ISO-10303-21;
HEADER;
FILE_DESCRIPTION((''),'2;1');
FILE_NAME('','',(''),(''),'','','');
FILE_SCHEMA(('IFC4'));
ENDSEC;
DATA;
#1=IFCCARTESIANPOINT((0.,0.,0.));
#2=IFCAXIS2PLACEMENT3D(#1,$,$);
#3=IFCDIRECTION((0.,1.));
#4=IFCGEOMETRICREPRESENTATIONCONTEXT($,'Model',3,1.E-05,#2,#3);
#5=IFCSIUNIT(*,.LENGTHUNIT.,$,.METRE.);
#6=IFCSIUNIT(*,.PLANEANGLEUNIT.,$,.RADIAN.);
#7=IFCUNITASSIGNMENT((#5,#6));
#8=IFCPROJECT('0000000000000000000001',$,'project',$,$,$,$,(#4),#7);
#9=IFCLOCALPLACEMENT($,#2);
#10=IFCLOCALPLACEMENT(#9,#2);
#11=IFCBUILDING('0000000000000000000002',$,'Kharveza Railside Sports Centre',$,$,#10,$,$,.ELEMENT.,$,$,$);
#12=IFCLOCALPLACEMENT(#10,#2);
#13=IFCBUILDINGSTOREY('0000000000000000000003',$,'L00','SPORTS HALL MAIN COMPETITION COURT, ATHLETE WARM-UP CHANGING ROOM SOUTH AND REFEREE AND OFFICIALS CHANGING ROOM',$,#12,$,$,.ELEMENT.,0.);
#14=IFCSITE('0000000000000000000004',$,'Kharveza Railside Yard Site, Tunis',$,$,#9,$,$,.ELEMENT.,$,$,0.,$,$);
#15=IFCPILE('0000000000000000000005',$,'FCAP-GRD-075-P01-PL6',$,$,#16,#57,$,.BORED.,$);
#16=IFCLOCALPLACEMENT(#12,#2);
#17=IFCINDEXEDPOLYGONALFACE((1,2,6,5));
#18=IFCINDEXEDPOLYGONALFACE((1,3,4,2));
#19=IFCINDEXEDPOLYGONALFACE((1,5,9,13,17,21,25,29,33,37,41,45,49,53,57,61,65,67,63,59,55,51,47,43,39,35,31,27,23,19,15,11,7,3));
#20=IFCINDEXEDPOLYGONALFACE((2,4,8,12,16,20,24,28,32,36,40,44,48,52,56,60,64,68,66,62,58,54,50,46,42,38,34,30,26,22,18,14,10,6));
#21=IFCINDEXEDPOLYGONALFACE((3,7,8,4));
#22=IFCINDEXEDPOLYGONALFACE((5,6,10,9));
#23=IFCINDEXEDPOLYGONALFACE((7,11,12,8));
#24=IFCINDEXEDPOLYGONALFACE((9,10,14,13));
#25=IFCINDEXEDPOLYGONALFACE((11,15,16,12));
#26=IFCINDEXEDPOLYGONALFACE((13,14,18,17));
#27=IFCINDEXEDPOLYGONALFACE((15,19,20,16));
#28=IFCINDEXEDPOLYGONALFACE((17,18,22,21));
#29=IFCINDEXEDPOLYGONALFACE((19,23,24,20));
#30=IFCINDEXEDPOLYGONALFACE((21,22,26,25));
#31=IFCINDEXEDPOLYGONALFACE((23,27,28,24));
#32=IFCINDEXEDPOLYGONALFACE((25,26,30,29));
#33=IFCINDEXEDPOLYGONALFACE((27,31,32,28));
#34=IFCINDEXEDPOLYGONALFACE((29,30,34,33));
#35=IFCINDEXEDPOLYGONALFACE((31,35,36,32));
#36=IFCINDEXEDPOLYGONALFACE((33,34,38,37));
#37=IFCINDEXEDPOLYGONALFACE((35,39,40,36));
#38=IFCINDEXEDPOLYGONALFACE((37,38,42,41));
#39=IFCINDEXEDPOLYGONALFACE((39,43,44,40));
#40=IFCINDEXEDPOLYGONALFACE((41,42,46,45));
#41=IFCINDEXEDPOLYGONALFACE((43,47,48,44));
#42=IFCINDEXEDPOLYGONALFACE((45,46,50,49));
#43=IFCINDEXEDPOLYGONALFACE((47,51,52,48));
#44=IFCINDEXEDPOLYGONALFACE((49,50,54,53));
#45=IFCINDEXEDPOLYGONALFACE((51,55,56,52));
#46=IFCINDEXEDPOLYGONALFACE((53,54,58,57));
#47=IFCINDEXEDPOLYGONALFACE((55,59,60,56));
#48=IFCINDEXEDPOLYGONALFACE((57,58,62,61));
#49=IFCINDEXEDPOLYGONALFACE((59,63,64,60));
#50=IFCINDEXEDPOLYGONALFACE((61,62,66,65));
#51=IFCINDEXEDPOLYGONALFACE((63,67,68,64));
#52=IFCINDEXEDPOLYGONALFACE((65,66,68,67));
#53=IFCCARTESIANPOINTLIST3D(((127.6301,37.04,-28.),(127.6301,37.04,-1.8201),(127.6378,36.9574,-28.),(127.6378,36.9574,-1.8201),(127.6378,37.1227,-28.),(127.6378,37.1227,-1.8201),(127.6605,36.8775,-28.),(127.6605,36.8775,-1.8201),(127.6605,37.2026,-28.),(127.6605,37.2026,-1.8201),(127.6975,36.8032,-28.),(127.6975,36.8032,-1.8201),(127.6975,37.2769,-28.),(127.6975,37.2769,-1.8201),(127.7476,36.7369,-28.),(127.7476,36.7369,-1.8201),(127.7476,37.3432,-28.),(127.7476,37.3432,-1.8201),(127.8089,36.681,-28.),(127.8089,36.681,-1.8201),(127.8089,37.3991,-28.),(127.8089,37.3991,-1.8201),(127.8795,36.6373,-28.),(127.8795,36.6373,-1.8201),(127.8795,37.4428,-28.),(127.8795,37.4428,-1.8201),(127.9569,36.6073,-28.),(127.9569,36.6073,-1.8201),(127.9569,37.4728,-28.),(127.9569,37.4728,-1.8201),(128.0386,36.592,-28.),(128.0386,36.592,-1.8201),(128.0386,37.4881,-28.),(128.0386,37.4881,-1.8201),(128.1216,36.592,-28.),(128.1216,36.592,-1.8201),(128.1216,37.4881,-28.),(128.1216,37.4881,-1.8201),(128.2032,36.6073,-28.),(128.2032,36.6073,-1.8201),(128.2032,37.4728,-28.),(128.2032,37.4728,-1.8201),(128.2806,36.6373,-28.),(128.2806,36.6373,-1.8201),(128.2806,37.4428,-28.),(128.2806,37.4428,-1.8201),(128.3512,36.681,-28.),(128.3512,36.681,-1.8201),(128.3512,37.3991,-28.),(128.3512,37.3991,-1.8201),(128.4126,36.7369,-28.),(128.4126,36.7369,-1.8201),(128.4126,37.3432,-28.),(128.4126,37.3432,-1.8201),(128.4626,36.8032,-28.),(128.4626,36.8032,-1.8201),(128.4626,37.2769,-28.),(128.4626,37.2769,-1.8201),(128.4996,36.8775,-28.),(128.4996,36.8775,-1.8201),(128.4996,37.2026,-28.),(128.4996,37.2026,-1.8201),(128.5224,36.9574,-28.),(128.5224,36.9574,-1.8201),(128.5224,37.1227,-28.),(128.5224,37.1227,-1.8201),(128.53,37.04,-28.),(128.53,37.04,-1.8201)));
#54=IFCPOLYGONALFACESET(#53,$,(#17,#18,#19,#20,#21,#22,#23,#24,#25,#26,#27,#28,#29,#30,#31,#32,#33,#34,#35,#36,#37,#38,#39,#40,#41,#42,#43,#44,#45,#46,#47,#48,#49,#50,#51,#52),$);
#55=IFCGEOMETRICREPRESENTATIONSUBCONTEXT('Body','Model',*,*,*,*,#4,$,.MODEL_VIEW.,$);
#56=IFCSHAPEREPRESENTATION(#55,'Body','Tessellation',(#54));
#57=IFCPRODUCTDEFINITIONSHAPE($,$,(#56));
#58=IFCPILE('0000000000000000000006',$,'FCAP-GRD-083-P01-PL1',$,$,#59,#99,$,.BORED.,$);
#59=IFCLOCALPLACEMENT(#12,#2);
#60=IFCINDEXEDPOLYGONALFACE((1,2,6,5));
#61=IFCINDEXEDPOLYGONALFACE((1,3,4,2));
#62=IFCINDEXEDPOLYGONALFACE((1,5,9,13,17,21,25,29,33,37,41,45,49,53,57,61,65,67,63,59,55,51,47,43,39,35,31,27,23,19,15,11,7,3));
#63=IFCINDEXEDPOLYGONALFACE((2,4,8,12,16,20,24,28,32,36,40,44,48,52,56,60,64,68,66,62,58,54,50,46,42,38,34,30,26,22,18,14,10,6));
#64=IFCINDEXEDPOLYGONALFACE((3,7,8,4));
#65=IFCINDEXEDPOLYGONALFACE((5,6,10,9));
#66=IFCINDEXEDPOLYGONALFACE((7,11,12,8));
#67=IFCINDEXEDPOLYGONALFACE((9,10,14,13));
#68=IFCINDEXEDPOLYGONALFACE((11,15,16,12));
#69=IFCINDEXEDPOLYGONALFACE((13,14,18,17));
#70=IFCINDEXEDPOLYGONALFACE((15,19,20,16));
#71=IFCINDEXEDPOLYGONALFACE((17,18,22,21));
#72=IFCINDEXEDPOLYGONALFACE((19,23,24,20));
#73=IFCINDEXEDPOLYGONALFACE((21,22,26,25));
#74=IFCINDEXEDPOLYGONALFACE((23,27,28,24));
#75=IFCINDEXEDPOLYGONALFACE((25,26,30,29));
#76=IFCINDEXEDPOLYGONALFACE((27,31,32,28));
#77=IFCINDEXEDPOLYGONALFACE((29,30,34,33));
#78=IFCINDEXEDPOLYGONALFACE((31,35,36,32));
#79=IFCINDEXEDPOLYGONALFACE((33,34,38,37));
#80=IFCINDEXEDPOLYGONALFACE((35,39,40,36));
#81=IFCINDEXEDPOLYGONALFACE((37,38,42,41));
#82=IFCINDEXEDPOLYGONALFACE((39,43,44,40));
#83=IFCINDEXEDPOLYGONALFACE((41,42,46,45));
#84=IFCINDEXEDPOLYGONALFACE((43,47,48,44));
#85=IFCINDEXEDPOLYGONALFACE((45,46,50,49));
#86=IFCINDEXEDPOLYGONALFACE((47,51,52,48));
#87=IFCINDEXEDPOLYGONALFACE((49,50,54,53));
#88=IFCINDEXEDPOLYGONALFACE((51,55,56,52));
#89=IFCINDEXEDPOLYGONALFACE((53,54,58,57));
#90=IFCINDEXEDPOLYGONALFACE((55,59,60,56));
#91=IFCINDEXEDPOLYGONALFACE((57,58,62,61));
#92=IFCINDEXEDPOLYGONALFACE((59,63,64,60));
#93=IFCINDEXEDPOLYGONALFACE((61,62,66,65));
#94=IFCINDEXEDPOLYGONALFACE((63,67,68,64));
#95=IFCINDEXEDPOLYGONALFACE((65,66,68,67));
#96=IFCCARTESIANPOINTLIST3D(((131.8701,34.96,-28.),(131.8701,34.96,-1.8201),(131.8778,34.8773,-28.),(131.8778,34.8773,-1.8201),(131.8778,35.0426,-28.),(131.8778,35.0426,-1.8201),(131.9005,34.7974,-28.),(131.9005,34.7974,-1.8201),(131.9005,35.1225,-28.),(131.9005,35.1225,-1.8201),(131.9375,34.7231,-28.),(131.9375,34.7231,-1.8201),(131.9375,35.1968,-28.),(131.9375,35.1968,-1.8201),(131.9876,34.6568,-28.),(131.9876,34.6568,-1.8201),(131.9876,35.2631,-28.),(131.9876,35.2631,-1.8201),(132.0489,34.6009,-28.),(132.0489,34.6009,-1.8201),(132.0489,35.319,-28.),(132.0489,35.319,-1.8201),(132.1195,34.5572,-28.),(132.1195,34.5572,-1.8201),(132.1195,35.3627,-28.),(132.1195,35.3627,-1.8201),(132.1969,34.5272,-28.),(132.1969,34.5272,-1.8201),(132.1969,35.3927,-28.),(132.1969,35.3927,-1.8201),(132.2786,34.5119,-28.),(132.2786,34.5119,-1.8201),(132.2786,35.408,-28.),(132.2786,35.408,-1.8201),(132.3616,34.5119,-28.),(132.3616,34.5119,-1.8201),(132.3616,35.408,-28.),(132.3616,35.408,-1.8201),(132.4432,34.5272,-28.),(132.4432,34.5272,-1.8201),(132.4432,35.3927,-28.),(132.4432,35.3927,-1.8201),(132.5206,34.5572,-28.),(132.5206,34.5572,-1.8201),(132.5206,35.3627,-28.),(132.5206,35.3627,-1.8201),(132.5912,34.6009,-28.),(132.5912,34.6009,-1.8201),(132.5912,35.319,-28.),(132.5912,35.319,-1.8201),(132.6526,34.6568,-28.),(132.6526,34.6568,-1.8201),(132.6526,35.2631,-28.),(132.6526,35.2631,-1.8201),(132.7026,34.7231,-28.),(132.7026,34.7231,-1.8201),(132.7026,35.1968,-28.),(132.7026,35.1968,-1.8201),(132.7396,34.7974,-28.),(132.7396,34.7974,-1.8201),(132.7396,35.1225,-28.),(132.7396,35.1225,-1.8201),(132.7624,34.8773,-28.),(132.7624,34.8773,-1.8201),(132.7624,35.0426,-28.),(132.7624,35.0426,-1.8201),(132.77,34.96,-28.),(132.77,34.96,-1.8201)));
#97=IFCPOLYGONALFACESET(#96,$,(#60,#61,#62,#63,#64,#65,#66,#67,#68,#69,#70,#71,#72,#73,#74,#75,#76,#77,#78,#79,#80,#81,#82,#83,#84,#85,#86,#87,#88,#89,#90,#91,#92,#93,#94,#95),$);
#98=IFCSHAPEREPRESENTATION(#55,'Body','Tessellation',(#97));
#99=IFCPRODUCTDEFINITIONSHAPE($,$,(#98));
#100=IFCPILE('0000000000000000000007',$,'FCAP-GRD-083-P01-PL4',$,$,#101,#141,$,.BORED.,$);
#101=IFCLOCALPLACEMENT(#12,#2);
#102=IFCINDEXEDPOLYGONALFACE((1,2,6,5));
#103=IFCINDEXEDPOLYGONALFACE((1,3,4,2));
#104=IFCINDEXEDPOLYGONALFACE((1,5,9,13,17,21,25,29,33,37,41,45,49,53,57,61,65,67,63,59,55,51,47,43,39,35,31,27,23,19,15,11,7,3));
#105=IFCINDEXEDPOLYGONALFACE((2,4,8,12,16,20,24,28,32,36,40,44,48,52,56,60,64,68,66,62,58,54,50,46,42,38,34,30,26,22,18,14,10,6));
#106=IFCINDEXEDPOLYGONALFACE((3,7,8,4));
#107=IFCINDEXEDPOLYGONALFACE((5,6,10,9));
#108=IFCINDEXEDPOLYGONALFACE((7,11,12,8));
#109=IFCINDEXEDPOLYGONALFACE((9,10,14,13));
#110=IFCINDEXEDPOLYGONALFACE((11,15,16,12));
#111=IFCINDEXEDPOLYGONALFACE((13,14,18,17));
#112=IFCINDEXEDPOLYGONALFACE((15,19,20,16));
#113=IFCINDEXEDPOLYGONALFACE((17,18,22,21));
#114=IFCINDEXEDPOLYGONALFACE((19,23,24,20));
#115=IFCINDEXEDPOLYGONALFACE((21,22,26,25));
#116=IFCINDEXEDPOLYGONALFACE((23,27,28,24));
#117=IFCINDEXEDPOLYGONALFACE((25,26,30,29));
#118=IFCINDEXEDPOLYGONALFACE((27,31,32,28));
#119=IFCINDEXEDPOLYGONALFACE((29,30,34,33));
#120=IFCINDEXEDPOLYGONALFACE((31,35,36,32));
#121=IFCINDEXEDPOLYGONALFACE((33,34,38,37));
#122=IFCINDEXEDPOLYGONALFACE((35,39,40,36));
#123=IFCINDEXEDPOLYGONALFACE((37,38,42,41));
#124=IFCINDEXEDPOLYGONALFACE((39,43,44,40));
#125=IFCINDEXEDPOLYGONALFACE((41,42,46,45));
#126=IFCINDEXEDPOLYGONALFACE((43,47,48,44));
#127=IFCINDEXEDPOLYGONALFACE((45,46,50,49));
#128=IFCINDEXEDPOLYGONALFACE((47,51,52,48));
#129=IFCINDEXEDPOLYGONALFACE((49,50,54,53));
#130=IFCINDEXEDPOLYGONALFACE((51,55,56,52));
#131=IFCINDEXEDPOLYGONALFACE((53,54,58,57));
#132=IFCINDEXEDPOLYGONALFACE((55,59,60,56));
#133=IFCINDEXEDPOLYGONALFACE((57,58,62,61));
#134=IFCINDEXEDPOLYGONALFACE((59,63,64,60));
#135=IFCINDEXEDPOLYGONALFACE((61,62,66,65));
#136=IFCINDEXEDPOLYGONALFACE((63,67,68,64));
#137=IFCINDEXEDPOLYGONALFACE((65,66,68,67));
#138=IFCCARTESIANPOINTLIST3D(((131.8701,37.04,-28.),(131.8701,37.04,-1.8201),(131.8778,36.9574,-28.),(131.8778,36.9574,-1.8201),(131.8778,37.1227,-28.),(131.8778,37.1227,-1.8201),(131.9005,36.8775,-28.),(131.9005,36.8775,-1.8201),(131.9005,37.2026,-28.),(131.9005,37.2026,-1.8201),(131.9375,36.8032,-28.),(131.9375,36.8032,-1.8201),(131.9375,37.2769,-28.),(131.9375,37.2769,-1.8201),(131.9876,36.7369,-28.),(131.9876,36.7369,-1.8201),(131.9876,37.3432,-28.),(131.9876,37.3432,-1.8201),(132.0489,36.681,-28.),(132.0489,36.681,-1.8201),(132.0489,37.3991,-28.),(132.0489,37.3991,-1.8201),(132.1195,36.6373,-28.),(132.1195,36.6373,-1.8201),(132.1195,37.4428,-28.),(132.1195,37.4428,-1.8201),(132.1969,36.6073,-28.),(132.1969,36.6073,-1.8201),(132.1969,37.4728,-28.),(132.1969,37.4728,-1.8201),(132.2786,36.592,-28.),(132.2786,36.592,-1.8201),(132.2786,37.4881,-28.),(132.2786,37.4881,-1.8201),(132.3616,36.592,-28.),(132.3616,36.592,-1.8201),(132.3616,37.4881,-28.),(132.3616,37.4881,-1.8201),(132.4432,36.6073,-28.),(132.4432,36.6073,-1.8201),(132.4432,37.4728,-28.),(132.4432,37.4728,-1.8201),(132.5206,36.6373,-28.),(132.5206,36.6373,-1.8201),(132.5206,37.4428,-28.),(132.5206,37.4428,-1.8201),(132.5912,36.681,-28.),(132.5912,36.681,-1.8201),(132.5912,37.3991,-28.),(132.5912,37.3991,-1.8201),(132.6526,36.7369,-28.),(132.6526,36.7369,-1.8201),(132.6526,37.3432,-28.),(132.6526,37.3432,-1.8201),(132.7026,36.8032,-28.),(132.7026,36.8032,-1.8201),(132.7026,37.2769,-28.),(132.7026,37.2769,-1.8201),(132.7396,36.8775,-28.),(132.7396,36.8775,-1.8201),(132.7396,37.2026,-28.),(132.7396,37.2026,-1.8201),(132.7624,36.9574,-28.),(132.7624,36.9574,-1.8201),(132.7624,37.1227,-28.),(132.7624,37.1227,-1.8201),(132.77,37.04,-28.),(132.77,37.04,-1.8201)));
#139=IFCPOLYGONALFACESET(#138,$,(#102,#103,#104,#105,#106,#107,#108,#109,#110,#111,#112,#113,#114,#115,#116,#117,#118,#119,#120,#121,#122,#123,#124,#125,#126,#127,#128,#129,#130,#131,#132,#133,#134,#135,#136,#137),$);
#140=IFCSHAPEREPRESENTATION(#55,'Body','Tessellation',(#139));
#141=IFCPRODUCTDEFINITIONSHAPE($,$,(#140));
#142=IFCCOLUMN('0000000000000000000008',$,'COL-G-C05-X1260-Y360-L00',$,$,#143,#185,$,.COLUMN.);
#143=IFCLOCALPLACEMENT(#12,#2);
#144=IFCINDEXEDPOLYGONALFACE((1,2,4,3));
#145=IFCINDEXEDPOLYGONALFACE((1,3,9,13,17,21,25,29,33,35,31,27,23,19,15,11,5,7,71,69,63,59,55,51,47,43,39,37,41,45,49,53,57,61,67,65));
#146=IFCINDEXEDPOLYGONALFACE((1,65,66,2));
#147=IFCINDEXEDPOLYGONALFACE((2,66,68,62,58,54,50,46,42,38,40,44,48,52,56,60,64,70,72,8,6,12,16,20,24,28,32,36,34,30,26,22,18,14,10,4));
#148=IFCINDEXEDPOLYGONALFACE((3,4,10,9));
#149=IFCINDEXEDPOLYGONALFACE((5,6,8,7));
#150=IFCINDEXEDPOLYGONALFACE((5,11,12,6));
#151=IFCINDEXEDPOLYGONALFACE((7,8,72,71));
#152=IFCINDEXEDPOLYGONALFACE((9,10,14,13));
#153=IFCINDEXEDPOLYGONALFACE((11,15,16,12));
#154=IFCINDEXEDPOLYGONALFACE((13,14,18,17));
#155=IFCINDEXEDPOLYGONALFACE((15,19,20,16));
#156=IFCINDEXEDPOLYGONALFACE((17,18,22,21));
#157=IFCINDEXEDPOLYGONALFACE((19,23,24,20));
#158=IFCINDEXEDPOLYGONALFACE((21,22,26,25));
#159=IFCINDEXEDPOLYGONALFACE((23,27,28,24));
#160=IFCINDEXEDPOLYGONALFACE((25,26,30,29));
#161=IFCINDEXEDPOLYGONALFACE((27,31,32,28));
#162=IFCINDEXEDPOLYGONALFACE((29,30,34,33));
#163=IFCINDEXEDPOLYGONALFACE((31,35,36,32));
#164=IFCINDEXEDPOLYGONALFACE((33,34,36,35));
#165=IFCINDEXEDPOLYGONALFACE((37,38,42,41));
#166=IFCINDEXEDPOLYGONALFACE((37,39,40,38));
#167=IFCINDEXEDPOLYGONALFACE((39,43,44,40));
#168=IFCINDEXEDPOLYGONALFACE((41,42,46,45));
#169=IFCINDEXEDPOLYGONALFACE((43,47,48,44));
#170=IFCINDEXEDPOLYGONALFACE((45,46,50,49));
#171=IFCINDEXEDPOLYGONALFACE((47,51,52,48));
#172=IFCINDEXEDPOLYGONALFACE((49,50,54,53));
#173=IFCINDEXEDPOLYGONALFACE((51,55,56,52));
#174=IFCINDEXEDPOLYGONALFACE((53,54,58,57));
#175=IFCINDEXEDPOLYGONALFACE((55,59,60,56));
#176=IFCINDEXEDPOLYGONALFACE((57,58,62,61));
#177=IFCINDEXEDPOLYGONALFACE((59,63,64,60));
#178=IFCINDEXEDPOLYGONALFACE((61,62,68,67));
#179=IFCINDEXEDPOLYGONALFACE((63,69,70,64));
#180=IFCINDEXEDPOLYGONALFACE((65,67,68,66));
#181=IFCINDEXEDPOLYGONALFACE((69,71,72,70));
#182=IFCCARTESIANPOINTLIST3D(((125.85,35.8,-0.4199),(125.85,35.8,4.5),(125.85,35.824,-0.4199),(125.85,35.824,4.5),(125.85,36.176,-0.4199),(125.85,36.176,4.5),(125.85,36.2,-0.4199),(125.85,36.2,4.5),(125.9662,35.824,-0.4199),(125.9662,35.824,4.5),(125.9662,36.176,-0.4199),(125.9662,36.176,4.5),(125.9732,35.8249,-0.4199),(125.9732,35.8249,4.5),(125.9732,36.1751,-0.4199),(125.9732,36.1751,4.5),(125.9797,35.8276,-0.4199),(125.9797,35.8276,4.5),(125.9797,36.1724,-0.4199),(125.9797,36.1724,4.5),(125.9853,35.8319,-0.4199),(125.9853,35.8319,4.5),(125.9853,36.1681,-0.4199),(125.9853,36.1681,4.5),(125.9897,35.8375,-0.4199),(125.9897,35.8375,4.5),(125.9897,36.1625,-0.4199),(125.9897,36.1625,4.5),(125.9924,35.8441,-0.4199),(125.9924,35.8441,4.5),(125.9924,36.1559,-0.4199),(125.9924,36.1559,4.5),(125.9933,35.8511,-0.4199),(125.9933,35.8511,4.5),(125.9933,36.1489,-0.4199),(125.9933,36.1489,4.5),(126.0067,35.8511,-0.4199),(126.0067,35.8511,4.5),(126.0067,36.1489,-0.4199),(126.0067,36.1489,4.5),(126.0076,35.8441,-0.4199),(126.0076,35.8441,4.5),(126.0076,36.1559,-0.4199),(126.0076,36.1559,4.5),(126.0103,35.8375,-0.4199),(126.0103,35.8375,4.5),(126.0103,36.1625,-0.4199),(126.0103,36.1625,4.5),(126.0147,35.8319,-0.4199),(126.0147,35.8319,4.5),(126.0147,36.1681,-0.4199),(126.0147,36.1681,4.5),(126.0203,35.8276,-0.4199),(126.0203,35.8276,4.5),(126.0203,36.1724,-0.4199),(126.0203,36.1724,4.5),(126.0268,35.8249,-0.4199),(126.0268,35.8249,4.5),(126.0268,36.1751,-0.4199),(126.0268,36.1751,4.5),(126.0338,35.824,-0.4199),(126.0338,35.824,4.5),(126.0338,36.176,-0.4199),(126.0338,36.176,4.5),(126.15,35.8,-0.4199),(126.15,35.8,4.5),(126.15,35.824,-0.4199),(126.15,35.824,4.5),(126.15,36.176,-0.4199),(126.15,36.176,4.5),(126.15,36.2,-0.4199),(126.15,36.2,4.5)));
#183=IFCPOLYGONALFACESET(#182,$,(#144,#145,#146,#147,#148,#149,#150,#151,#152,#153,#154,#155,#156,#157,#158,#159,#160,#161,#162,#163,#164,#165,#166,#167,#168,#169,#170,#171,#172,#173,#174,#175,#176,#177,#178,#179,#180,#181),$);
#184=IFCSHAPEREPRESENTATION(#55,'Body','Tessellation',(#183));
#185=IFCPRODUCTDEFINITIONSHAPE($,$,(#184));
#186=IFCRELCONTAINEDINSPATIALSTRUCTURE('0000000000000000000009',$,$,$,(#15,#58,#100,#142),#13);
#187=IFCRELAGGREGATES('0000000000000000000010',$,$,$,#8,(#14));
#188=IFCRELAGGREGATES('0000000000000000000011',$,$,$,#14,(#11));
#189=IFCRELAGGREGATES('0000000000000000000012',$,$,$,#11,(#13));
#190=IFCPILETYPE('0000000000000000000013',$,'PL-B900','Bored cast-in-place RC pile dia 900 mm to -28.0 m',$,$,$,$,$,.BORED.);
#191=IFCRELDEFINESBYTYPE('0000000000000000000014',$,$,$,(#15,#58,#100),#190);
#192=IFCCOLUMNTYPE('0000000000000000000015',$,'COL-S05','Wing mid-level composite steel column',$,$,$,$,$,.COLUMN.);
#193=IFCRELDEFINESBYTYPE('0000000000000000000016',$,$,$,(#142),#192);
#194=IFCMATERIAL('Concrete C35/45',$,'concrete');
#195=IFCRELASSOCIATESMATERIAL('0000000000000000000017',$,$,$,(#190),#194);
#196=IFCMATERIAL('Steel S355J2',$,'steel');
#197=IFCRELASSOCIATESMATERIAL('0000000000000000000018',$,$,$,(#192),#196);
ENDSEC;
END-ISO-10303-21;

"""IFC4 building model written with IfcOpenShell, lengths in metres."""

from ifc_helpers import new_model, si_unit, direction, frame, origin, origin_2d, place, context, subcontext, project, spatial, circle, i_section, extrude, material, material_profile, profile_set, type_object, element, save


model = new_model("IFC4")

# Units and contexts
model_context = context("Model", 3, precision=1e-05, world=origin(), true_north=direction((0.0, 1.0)))
body_context = subcontext(model_context, "Body", "Model", "MODEL_VIEW")
ifc_project = project(units=[si_unit("LENGTHUNIT", "METRE"), si_unit("PLANEANGLEUNIT", "RADIAN")], contexts=[model_context])

# Site, building, storey
site_placement = place(None, origin())
site = spatial("IfcSite", under=ifc_project, at=site_placement, Name="Kharveza Railside Yard Site, Tunis", CompositionType="ELEMENT", RefElevation=0.0)
building_placement = place(site_placement, origin())
building = spatial("IfcBuilding", under=site, at=building_placement, Name="Kharveza Railside Sports Centre", CompositionType="ELEMENT")
storey_placement = place(building_placement, origin())
storey = spatial("IfcBuildingStorey", under=building, at=storey_placement, Name="L00", Description="SPORTS HALL MAIN COMPETITION COURT, ATHLETE WARM-UP CHANGING ROOM SOUTH AND REFEREE AND OFFICIALS CHANGING ROOM", CompositionType="ELEMENT", Elevation=0.0)

# Shared definitions
ifc_material_1 = material(Name="Concrete C35/45", Category="concrete")

# Piles
ifc_material_profile_1 = material_profile(ifc_material_1, circle(Radius=0.45, at=origin_2d()), Name="PILE D900")
ifc_profile_set_1 = profile_set([ifc_material_profile_1], Name="Concrete C35/45")
pile_type_1 = type_object("IfcPileType", Name="PL-B900", Description="Bored cast-in-place RC pile dia 900 mm to -28.0 m", PredefinedType="BORED", material=ifc_profile_set_1)
for number, where, z_axis, x_axis, name in (
    (1, (128.0801, 37.04, -1.8201), (0.0, 0.0, -1.0), (1.0, 0.0, 0.0), "FCAP-GRD-075-P01-PL6"),
    (2, (132.3201, 34.96, -1.8201), (0.0, 0.0, -1.0), (1.0, 0.0, 0.0), "FCAP-GRD-083-P01-PL1"),
    (3, (132.3201, 37.04, -1.8201), (0.0, 0.0, -1.0), (1.0, 0.0, 0.0), "FCAP-GRD-083-P01-PL4"),
):
    element("IfcPile", number, at=place(storey_placement, frame(where, z_axis=z_axis, x_axis=x_axis)), inside=storey, type_object=pile_type_1, Name=name, PredefinedType="BORED", context=body_context, shape_type="SweptSolid", body=[
        extrude(circle(Radius=0.45, at=origin_2d()), origin(), (0.0, 0.0, 1.0), 26.1799),
    ])

# Column
ifc_material_2 = material(Name="Steel S355J2", Category="steel")
ifc_material_profile_2 = material_profile(ifc_material_2, i_section(OverallWidth=0.3, OverallDepth=0.3999, WebThickness=0.0134, FlangeThickness=0.0239, FilletRadius=0.0271, at=origin_2d()), Name="HEB 400")
ifc_profile_set_2 = profile_set([ifc_material_profile_2], Name="Steel S355J2")
column_type = type_object("IfcColumnType", Name="COL-S05", Description="Wing mid-level composite steel column", PredefinedType="COLUMN", material=ifc_profile_set_2)
column_placement = place(storey_placement, frame((126.0, 36.0, -0.4199), z_axis=(0.0, 0.0, 1.0), x_axis=(1.0, 0.0, 0.0)))
element("IfcColumn", 4, at=column_placement, inside=storey, type_object=column_type, Name="COL-G-C05-X1260-Y360-L00", PredefinedType="COLUMN", context=body_context, shape_type="SweptSolid", body=[
    extrude(i_section(OverallWidth=0.3, OverallDepth=0.3999, WebThickness=0.0134, FlangeThickness=0.0239, FilletRadius=0.0271, at=origin_2d()), origin(), (0.0, 0.0, 1.0), 4.9199),
])

save(model, "model.ifc")
